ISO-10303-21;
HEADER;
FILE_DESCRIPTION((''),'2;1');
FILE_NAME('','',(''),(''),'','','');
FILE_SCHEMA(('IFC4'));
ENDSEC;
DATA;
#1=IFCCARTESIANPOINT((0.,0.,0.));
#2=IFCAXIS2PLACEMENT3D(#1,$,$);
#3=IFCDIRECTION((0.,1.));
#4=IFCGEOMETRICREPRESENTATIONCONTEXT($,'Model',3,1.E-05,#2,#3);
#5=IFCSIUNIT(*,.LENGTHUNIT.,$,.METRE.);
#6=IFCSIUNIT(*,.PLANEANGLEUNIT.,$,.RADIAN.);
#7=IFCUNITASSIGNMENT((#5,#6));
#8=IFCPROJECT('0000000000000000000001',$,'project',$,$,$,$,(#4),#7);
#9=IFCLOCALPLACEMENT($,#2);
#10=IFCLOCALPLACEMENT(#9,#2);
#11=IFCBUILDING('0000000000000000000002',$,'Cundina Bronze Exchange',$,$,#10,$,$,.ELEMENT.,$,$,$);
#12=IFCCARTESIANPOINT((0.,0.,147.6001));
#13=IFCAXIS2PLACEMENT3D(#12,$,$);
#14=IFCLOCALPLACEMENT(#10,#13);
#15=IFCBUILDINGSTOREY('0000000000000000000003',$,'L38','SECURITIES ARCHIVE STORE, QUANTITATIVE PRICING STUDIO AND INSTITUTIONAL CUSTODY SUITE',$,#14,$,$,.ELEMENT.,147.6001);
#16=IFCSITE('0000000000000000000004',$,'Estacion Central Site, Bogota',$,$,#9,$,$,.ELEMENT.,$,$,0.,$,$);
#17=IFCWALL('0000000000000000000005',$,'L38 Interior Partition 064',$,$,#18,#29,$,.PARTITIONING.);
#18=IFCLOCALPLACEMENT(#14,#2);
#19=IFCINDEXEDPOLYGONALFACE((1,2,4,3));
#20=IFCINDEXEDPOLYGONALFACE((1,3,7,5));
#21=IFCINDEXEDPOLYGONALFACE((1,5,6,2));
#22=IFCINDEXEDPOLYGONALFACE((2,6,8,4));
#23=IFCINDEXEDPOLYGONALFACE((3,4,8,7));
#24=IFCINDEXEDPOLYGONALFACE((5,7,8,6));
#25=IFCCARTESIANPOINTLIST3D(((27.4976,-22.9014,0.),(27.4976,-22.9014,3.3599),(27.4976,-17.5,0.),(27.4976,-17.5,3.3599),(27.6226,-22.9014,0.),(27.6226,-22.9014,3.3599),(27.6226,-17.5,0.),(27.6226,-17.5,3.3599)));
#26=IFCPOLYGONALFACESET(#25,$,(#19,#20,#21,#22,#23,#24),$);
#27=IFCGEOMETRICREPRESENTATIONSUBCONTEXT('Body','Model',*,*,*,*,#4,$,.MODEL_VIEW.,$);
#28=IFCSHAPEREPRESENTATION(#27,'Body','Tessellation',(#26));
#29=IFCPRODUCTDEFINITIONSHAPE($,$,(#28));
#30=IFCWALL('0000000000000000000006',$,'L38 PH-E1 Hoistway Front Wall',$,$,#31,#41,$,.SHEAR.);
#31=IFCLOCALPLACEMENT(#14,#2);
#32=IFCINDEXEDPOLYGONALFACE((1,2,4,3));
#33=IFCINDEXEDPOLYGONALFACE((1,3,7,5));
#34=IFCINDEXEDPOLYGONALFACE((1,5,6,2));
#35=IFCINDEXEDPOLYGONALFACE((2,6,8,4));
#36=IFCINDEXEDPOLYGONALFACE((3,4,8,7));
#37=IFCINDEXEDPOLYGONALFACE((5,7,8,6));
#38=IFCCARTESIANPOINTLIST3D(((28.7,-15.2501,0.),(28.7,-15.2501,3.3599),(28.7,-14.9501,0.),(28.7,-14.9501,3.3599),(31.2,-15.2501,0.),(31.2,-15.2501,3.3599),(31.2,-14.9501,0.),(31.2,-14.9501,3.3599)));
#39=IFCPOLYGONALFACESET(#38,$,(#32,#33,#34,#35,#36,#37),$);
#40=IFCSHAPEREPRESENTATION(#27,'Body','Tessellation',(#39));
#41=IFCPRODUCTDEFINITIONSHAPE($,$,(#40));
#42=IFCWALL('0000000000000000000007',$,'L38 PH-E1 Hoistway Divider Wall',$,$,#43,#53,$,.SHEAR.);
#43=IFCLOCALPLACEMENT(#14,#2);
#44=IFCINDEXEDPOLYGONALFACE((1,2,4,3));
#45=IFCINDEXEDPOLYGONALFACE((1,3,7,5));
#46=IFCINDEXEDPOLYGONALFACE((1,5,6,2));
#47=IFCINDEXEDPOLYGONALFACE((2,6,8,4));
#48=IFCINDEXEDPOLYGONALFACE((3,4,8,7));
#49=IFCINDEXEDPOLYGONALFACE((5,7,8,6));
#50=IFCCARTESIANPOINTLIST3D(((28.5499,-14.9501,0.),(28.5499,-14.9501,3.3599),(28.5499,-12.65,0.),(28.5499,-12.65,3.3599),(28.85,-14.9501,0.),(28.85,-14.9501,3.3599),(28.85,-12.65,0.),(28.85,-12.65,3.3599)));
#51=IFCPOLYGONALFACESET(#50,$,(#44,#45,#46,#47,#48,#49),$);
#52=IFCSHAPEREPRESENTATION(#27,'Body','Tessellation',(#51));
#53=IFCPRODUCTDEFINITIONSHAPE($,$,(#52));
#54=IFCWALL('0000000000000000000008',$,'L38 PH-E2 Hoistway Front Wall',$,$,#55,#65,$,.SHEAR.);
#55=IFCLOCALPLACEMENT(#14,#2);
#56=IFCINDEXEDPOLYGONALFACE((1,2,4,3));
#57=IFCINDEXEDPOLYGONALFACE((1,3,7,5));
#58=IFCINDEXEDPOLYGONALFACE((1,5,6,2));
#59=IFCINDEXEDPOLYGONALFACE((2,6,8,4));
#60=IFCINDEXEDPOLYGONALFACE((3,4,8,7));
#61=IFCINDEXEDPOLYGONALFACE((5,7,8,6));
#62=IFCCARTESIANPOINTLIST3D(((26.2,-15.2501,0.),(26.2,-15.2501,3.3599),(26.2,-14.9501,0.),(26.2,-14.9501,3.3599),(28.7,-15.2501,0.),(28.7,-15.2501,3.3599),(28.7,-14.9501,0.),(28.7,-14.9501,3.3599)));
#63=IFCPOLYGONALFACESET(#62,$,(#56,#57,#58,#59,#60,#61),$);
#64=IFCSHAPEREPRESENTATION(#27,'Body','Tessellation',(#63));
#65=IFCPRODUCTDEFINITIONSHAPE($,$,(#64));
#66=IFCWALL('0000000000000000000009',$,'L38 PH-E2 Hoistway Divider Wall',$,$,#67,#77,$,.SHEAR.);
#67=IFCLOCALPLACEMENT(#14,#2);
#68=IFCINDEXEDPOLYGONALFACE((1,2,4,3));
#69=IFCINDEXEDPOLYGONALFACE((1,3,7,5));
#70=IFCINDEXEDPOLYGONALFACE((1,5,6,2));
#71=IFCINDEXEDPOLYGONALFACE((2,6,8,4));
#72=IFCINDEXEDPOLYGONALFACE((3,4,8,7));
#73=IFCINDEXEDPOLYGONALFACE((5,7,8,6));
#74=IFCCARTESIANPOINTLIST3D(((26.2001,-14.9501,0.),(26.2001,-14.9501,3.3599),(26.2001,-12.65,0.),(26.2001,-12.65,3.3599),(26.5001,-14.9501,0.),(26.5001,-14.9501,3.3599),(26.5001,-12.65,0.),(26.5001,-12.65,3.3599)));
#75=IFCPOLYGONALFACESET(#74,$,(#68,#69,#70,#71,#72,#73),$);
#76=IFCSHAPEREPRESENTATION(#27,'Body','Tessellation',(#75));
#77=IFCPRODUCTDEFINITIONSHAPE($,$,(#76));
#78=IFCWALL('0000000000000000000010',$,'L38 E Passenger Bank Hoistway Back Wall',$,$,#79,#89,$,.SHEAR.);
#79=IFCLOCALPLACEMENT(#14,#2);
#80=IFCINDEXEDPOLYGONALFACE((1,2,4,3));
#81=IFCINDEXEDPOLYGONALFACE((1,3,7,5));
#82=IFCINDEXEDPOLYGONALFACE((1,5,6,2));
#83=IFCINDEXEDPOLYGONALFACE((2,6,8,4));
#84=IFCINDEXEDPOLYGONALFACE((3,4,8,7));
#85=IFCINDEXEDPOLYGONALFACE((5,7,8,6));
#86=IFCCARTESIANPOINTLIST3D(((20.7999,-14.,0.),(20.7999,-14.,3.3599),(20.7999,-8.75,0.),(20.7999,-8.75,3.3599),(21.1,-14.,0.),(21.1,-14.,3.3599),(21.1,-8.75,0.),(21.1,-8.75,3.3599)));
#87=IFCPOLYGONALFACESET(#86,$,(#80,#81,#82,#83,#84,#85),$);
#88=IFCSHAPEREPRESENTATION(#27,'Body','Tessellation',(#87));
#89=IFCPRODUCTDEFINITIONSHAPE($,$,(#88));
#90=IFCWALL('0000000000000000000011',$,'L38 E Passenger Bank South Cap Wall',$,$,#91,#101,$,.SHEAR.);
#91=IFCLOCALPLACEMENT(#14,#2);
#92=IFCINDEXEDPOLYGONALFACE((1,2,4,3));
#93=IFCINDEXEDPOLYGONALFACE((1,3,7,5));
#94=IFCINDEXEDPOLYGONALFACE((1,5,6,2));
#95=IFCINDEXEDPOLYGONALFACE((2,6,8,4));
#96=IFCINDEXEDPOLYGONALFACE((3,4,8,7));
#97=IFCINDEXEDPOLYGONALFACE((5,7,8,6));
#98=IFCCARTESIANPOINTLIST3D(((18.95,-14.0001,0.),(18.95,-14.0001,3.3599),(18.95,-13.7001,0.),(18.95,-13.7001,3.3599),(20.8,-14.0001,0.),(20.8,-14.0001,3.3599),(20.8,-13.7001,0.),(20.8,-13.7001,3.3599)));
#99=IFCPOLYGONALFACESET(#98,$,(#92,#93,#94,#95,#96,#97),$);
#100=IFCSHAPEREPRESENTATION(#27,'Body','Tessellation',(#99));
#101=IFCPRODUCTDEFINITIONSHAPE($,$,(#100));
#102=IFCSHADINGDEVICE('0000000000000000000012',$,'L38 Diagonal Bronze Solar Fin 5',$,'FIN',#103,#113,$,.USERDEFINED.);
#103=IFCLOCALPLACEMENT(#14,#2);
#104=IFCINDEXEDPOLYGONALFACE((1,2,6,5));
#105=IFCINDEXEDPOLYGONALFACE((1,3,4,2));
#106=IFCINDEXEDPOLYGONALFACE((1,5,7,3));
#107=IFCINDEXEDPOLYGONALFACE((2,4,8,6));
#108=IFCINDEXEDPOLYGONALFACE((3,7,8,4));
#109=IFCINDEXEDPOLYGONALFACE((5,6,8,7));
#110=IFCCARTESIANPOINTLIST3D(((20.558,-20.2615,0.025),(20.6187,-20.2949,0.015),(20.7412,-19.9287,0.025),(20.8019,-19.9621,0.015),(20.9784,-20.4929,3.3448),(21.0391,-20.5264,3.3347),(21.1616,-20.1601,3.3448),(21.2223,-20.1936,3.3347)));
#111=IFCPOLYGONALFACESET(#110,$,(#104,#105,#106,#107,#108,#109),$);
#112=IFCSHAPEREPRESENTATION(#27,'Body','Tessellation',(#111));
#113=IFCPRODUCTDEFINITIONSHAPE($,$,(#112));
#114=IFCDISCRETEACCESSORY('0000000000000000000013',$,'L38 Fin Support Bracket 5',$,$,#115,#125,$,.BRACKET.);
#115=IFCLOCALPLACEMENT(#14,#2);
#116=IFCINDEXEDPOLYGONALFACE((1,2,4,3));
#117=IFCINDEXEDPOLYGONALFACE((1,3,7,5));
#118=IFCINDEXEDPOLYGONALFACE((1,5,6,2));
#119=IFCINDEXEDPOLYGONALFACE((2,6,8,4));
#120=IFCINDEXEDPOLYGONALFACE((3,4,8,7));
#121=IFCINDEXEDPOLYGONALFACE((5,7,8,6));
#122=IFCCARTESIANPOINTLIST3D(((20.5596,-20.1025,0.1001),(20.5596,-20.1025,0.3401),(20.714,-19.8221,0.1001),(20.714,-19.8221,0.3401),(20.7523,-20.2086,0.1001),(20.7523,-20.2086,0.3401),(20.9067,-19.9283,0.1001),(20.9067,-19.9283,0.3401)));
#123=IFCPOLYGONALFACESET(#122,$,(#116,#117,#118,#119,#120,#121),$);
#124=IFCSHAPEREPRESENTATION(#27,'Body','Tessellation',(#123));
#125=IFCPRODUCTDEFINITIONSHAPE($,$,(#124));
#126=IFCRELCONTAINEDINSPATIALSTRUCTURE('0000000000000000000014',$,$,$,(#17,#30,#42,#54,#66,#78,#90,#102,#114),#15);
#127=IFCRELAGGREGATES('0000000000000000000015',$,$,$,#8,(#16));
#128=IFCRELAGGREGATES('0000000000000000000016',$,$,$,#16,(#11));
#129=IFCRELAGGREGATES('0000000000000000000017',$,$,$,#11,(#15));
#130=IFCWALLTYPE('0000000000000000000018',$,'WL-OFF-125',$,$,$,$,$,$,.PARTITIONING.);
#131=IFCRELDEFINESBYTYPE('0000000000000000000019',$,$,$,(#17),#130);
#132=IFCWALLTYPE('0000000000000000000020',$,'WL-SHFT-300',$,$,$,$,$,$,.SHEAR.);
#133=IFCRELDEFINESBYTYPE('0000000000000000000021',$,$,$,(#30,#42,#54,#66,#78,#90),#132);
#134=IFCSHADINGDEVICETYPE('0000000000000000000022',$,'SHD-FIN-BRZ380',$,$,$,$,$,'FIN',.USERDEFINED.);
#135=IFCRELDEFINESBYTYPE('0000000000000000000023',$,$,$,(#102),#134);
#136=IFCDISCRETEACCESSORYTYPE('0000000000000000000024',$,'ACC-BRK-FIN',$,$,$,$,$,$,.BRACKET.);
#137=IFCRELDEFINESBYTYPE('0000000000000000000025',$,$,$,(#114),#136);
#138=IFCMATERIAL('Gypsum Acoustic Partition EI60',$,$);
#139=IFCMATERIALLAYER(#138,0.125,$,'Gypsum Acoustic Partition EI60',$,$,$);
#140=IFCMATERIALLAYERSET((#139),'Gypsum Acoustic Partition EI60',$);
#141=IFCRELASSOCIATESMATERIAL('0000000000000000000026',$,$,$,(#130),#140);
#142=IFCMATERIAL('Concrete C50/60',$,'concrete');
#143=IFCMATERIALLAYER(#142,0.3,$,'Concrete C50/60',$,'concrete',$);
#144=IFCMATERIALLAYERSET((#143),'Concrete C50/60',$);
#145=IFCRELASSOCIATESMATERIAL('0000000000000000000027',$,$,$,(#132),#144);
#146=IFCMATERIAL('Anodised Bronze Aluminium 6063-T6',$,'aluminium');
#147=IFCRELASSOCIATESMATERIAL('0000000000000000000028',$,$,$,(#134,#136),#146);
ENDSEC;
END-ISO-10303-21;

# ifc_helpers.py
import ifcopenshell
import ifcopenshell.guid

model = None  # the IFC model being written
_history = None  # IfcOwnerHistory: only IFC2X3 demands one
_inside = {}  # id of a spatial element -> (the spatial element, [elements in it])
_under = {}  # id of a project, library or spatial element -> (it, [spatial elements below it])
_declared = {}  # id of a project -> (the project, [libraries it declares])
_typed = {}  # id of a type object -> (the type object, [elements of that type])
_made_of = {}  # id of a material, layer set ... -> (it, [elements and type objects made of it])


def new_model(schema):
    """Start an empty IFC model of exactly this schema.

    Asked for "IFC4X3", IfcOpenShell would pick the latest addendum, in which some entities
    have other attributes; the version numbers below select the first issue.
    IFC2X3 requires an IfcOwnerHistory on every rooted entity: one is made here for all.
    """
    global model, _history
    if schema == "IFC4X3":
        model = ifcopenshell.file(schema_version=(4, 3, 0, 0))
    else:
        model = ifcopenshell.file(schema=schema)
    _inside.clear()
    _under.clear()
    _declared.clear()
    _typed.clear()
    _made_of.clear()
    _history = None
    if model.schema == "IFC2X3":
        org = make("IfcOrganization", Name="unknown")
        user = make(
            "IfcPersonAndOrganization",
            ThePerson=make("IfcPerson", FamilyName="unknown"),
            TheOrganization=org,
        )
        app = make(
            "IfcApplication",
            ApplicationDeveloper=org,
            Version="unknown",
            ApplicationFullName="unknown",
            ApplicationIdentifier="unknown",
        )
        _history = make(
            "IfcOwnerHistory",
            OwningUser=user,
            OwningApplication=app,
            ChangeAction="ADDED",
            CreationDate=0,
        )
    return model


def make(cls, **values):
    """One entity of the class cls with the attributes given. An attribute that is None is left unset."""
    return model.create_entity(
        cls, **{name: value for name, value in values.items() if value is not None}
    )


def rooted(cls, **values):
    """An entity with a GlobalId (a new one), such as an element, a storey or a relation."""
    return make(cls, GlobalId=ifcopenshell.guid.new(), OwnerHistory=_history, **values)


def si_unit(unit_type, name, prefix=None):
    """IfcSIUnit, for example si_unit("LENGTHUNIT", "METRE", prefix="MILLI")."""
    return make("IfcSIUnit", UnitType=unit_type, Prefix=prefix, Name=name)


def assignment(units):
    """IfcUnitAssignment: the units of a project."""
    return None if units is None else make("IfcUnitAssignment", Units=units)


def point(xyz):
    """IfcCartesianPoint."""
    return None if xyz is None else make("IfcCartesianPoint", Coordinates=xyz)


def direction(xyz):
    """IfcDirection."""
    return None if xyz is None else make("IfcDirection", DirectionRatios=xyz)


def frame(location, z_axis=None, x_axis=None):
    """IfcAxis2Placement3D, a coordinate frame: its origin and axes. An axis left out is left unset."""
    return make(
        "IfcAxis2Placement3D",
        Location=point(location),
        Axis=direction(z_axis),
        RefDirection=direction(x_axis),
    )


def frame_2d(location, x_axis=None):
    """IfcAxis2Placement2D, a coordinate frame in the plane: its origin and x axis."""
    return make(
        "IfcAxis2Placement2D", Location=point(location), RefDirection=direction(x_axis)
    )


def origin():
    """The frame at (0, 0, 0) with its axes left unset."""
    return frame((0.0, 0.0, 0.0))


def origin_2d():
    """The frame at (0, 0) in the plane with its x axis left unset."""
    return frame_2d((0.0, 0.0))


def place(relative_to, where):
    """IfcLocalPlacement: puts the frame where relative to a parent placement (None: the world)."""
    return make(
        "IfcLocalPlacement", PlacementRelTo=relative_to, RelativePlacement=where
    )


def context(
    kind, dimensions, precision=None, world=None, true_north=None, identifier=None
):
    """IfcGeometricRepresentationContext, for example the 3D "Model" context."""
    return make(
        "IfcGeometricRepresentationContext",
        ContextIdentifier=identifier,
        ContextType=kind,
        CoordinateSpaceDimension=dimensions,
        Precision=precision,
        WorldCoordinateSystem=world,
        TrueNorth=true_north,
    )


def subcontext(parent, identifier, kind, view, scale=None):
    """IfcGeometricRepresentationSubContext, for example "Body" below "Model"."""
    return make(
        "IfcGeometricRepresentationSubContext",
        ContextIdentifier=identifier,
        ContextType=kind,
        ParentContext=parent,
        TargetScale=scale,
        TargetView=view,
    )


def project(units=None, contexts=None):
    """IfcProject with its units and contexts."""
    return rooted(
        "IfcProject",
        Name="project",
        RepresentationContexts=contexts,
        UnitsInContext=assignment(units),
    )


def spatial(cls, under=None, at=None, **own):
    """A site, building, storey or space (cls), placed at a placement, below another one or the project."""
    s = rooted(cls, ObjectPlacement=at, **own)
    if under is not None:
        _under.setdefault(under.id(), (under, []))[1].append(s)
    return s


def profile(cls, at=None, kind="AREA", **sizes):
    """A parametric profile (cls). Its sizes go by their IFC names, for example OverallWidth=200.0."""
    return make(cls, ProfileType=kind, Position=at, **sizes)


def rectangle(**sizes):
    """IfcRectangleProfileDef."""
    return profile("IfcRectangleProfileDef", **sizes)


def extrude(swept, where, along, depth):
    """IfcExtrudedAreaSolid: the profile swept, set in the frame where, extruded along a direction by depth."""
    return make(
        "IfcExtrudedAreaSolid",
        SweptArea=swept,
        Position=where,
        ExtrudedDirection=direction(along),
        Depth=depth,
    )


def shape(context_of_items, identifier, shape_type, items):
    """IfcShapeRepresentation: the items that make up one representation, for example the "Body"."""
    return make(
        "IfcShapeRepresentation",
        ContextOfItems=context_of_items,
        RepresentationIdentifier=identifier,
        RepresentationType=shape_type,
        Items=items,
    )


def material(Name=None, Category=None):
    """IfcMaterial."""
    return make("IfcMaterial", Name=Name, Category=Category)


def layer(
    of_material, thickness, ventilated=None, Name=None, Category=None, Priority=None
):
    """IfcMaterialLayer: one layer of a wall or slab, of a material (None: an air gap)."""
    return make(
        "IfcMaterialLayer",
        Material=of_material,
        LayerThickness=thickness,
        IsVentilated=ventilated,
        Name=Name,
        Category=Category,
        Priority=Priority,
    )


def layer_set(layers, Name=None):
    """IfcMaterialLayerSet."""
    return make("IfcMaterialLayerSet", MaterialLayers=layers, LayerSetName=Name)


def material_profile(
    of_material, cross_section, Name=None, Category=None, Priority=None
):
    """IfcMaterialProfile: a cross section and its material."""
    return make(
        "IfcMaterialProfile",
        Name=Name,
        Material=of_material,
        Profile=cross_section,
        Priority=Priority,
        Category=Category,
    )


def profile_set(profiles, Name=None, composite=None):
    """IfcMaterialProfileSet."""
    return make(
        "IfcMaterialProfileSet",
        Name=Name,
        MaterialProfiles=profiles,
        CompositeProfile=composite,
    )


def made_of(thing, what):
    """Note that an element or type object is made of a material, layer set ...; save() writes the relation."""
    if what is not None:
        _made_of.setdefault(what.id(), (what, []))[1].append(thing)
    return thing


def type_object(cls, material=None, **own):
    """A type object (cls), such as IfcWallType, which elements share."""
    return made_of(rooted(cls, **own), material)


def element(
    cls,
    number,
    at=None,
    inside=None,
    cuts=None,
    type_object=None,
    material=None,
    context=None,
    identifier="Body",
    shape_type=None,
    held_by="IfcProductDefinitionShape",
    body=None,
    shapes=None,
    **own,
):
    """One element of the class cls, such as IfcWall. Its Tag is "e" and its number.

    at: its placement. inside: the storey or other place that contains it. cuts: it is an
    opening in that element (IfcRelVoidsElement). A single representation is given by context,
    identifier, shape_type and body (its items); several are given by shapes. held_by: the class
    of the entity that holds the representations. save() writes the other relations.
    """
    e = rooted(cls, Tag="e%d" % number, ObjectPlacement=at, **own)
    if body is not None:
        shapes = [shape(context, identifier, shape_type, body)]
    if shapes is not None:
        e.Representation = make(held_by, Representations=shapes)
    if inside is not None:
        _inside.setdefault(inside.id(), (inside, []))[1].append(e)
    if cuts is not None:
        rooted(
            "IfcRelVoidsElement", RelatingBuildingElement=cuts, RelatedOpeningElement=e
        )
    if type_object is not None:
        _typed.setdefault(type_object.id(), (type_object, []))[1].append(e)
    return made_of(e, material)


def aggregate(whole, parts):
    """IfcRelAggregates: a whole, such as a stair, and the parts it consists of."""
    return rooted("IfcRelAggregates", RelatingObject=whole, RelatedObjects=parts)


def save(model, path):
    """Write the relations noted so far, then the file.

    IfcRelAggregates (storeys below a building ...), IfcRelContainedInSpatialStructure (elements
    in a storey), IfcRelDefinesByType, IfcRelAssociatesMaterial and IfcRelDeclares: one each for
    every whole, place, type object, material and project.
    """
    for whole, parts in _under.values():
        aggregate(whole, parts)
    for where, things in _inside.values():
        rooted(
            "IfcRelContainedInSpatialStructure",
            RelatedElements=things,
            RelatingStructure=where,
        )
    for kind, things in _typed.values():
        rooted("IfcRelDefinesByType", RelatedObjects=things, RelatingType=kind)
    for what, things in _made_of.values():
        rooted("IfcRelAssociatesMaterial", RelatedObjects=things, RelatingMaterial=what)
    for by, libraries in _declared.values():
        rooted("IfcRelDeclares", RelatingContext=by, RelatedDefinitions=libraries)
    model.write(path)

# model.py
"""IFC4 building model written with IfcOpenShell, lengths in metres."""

from ifc_helpers import new_model, si_unit, direction, frame, frame_2d, origin, origin_2d, place, context, subcontext, project, spatial, rectangle, extrude, material, layer, layer_set, material_profile, profile_set, type_object, element, save


model = new_model("IFC4")

# Units and contexts
model_context = context("Model", 3, precision=1e-05, world=origin(), true_north=direction((0.0, 1.0)))
body_context = subcontext(model_context, "Body", "Model", "MODEL_VIEW")
ifc_project = project(units=[si_unit("LENGTHUNIT", "METRE"), si_unit("PLANEANGLEUNIT", "RADIAN")], contexts=[model_context])

# Site, building, storey
site_placement = place(None, origin())
site = spatial("IfcSite", under=ifc_project, at=site_placement, Name="Estacion Central Site, Bogota", CompositionType="ELEMENT", RefElevation=0.0)
building_placement = place(site_placement, origin())
building = spatial("IfcBuilding", under=site, at=building_placement, Name="Cundina Bronze Exchange", CompositionType="ELEMENT")
storey_placement = place(building_placement, frame((0.0, 0.0, 147.6001)))
storey = spatial("IfcBuildingStorey", under=building, at=storey_placement, Name="L38", Description="SECURITIES ARCHIVE STORE, QUANTITATIVE PRICING STUDIO AND INSTITUTIONAL CUSTODY SUITE", CompositionType="ELEMENT", Elevation=147.6001)

# Shared definitions
ifc_material_1 = material(Name="Concrete C50/60", Category="concrete")

# Shared definitions
ifc_material_2 = material(Name="Anodised Bronze Aluminium 6063-T6", Category="aluminium")

# Walls
ifc_material_3 = material(Name="Gypsum Acoustic Partition EI60")
ifc_layer_1 = layer(ifc_material_3, 0.125, Name="Gypsum Acoustic Partition EI60")
ifc_layer_set_1 = layer_set([ifc_layer_1], Name="Gypsum Acoustic Partition EI60")
wall_type_1 = type_object("IfcWallType", Name="WL-OFF-125", PredefinedType="PARTITIONING", material=ifc_layer_set_1)
wall_1_placement = place(storey_placement, frame((27.5601, -22.9014, 0.0), z_axis=(0.0, 0.0, 1.0), x_axis=(0.0, 1.0, 0.0)))
element("IfcWall", 1, at=wall_1_placement, inside=storey, type_object=wall_type_1, Name="L38 Interior Partition 064", PredefinedType="PARTITIONING", context=body_context, shape_type="SweptSolid", body=[
    extrude(rectangle(XDim=5.4014, YDim=0.125, at=frame_2d((2.7007, 0.0))), origin(), (0.0, 0.0, 1.0), 3.3599),
])
ifc_layer_2 = layer(ifc_material_1, 0.3, Name="Concrete C50/60", Category="concrete")
ifc_layer_set_2 = layer_set([ifc_layer_2], Name="Concrete C50/60")
wall_type_2 = type_object("IfcWallType", Name="WL-SHFT-300", PredefinedType="SHEAR", material=ifc_layer_set_2)
wall_2_placement = place(storey_placement, frame((28.7, -15.1001, 0.0), z_axis=(0.0, 0.0, 1.0), x_axis=(1.0, 0.0, 0.0)))
element("IfcWall", 2, at=wall_2_placement, inside=storey, type_object=wall_type_2, Name="L38 PH-E1 Hoistway Front Wall", PredefinedType="SHEAR", context=body_context, shape_type="SweptSolid", body=[
    extrude(rectangle(XDim=2.5, YDim=0.3, at=frame_2d((1.25, 0.0))), origin(), (0.0, 0.0, 1.0), 3.3599),
])
wall_3_placement = place(storey_placement, frame((28.7, -14.95, 0.0), z_axis=(0.0, 0.0, 1.0), x_axis=(0.0, 1.0, 0.0)))
element("IfcWall", 3, at=wall_3_placement, inside=storey, type_object=wall_type_2, Name="L38 PH-E1 Hoistway Divider Wall", PredefinedType="SHEAR", context=body_context, shape_type="SweptSolid", body=[
    extrude(rectangle(XDim=2.3, YDim=0.3, at=frame_2d((1.1499, 0.0))), origin(), (0.0, 0.0, 1.0), 3.3599),
])
wall_4_placement = place(storey_placement, frame((26.2, -15.1001, 0.0), z_axis=(0.0, 0.0, 1.0), x_axis=(1.0, 0.0, 0.0)))
element("IfcWall", 4, at=wall_4_placement, inside=storey, type_object=wall_type_2, Name="L38 PH-E2 Hoistway Front Wall", PredefinedType="SHEAR", context=body_context, shape_type="SweptSolid", body=[
    extrude(rectangle(XDim=2.5, YDim=0.3, at=frame_2d((1.25, 0.0))), origin(), (0.0, 0.0, 1.0), 3.3599),
])
wall_5_placement = place(storey_placement, frame((26.3501, -14.95, 0.0), z_axis=(0.0, 0.0, 1.0), x_axis=(0.0, 1.0, 0.0)))
element("IfcWall", 5, at=wall_5_placement, inside=storey, type_object=wall_type_2, Name="L38 PH-E2 Hoistway Divider Wall", PredefinedType="SHEAR", context=body_context, shape_type="SweptSolid", body=[
    extrude(rectangle(XDim=2.3, YDim=0.3, at=frame_2d((1.1499, 0.0))), origin(), (0.0, 0.0, 1.0), 3.3599),
])
wall_6_placement = place(storey_placement, frame((20.95, -14.0, 0.0), z_axis=(0.0, 0.0, 1.0), x_axis=(0.0, 1.0, 0.0)))
element("IfcWall", 6, at=wall_6_placement, inside=storey, type_object=wall_type_2, Name="L38 E Passenger Bank Hoistway Back Wall", PredefinedType="SHEAR", context=body_context, shape_type="SweptSolid", body=[
    extrude(rectangle(XDim=5.25, YDim=0.3, at=frame_2d((2.625, 0.0))), origin(), (0.0, 0.0, 1.0), 3.3599),
])
wall_7_placement = place(storey_placement, frame((18.95, -13.8501, 0.0), z_axis=(0.0, 0.0, 1.0), x_axis=(1.0, 0.0, 0.0)))
element("IfcWall", 7, at=wall_7_placement, inside=storey, type_object=wall_type_2, Name="L38 E Passenger Bank South Cap Wall", PredefinedType="SHEAR", context=body_context, shape_type="SweptSolid", body=[
    extrude(rectangle(XDim=1.8501, YDim=0.3, at=frame_2d((0.925, 0.0))), origin(), (0.0, 0.0, 1.0), 3.3599),
])

# Shading device
ifc_material_profile_1 = material_profile(ifc_material_2, rectangle(XDim=0.0701, YDim=0.3799, at=origin_2d()), Name="FIN70X380", Category="aluminium")
ifc_profile_set_1 = profile_set([ifc_material_profile_1], Name="Anodised Bronze Aluminium 6063-T6")
shading_device_type = type_object("IfcShadingDeviceType", Name="SHD-FIN-BRZ380", ElementType="FIN", PredefinedType="USERDEFINED", material=ifc_profile_set_1)
shading_device_placement = place(storey_placement, frame((20.6799, -20.1118, 0.02), z_axis=(0.125333, -0.068999, 0.989712), x_axis=(-0.86701, 0.477309, 0.143071)))
element("IfcShadingDevice", 8, at=shading_device_placement, inside=storey, type_object=shading_device_type, Name="L38 Diagonal Bronze Solar Fin 5", ObjectType="FIN", PredefinedType="USERDEFINED", context=body_context, shape_type="SweptSolid", body=[
    extrude(rectangle(XDim=0.0701, YDim=0.3799, at=origin_2d()), origin(), (0.0, 0.0, 1.0), 3.3542),
])

# Discrete accessory
discrete_accessory_type = type_object("IfcDiscreteAccessoryType", Name="ACC-BRK-FIN", PredefinedType="BRACKET", material=ifc_material_2)
discrete_accessory_placement = place(storey_placement, frame((20.7332, -20.0154, 0.1001), z_axis=(0.0, 0.0, 1.0), x_axis=(0.875869, -0.482549, 0.0)))
element("IfcDiscreteAccessory", 9, at=discrete_accessory_placement, inside=storey, type_object=discrete_accessory_type, Name="L38 Fin Support Bracket 5", PredefinedType="BRACKET", context=body_context, shape_type="SweptSolid", body=[
    extrude(rectangle(XDim=0.22, YDim=0.3201, at=origin_2d()), origin(), (0.0, 0.0, 1.0), 0.24),
])

save(model, "model.ifc")
